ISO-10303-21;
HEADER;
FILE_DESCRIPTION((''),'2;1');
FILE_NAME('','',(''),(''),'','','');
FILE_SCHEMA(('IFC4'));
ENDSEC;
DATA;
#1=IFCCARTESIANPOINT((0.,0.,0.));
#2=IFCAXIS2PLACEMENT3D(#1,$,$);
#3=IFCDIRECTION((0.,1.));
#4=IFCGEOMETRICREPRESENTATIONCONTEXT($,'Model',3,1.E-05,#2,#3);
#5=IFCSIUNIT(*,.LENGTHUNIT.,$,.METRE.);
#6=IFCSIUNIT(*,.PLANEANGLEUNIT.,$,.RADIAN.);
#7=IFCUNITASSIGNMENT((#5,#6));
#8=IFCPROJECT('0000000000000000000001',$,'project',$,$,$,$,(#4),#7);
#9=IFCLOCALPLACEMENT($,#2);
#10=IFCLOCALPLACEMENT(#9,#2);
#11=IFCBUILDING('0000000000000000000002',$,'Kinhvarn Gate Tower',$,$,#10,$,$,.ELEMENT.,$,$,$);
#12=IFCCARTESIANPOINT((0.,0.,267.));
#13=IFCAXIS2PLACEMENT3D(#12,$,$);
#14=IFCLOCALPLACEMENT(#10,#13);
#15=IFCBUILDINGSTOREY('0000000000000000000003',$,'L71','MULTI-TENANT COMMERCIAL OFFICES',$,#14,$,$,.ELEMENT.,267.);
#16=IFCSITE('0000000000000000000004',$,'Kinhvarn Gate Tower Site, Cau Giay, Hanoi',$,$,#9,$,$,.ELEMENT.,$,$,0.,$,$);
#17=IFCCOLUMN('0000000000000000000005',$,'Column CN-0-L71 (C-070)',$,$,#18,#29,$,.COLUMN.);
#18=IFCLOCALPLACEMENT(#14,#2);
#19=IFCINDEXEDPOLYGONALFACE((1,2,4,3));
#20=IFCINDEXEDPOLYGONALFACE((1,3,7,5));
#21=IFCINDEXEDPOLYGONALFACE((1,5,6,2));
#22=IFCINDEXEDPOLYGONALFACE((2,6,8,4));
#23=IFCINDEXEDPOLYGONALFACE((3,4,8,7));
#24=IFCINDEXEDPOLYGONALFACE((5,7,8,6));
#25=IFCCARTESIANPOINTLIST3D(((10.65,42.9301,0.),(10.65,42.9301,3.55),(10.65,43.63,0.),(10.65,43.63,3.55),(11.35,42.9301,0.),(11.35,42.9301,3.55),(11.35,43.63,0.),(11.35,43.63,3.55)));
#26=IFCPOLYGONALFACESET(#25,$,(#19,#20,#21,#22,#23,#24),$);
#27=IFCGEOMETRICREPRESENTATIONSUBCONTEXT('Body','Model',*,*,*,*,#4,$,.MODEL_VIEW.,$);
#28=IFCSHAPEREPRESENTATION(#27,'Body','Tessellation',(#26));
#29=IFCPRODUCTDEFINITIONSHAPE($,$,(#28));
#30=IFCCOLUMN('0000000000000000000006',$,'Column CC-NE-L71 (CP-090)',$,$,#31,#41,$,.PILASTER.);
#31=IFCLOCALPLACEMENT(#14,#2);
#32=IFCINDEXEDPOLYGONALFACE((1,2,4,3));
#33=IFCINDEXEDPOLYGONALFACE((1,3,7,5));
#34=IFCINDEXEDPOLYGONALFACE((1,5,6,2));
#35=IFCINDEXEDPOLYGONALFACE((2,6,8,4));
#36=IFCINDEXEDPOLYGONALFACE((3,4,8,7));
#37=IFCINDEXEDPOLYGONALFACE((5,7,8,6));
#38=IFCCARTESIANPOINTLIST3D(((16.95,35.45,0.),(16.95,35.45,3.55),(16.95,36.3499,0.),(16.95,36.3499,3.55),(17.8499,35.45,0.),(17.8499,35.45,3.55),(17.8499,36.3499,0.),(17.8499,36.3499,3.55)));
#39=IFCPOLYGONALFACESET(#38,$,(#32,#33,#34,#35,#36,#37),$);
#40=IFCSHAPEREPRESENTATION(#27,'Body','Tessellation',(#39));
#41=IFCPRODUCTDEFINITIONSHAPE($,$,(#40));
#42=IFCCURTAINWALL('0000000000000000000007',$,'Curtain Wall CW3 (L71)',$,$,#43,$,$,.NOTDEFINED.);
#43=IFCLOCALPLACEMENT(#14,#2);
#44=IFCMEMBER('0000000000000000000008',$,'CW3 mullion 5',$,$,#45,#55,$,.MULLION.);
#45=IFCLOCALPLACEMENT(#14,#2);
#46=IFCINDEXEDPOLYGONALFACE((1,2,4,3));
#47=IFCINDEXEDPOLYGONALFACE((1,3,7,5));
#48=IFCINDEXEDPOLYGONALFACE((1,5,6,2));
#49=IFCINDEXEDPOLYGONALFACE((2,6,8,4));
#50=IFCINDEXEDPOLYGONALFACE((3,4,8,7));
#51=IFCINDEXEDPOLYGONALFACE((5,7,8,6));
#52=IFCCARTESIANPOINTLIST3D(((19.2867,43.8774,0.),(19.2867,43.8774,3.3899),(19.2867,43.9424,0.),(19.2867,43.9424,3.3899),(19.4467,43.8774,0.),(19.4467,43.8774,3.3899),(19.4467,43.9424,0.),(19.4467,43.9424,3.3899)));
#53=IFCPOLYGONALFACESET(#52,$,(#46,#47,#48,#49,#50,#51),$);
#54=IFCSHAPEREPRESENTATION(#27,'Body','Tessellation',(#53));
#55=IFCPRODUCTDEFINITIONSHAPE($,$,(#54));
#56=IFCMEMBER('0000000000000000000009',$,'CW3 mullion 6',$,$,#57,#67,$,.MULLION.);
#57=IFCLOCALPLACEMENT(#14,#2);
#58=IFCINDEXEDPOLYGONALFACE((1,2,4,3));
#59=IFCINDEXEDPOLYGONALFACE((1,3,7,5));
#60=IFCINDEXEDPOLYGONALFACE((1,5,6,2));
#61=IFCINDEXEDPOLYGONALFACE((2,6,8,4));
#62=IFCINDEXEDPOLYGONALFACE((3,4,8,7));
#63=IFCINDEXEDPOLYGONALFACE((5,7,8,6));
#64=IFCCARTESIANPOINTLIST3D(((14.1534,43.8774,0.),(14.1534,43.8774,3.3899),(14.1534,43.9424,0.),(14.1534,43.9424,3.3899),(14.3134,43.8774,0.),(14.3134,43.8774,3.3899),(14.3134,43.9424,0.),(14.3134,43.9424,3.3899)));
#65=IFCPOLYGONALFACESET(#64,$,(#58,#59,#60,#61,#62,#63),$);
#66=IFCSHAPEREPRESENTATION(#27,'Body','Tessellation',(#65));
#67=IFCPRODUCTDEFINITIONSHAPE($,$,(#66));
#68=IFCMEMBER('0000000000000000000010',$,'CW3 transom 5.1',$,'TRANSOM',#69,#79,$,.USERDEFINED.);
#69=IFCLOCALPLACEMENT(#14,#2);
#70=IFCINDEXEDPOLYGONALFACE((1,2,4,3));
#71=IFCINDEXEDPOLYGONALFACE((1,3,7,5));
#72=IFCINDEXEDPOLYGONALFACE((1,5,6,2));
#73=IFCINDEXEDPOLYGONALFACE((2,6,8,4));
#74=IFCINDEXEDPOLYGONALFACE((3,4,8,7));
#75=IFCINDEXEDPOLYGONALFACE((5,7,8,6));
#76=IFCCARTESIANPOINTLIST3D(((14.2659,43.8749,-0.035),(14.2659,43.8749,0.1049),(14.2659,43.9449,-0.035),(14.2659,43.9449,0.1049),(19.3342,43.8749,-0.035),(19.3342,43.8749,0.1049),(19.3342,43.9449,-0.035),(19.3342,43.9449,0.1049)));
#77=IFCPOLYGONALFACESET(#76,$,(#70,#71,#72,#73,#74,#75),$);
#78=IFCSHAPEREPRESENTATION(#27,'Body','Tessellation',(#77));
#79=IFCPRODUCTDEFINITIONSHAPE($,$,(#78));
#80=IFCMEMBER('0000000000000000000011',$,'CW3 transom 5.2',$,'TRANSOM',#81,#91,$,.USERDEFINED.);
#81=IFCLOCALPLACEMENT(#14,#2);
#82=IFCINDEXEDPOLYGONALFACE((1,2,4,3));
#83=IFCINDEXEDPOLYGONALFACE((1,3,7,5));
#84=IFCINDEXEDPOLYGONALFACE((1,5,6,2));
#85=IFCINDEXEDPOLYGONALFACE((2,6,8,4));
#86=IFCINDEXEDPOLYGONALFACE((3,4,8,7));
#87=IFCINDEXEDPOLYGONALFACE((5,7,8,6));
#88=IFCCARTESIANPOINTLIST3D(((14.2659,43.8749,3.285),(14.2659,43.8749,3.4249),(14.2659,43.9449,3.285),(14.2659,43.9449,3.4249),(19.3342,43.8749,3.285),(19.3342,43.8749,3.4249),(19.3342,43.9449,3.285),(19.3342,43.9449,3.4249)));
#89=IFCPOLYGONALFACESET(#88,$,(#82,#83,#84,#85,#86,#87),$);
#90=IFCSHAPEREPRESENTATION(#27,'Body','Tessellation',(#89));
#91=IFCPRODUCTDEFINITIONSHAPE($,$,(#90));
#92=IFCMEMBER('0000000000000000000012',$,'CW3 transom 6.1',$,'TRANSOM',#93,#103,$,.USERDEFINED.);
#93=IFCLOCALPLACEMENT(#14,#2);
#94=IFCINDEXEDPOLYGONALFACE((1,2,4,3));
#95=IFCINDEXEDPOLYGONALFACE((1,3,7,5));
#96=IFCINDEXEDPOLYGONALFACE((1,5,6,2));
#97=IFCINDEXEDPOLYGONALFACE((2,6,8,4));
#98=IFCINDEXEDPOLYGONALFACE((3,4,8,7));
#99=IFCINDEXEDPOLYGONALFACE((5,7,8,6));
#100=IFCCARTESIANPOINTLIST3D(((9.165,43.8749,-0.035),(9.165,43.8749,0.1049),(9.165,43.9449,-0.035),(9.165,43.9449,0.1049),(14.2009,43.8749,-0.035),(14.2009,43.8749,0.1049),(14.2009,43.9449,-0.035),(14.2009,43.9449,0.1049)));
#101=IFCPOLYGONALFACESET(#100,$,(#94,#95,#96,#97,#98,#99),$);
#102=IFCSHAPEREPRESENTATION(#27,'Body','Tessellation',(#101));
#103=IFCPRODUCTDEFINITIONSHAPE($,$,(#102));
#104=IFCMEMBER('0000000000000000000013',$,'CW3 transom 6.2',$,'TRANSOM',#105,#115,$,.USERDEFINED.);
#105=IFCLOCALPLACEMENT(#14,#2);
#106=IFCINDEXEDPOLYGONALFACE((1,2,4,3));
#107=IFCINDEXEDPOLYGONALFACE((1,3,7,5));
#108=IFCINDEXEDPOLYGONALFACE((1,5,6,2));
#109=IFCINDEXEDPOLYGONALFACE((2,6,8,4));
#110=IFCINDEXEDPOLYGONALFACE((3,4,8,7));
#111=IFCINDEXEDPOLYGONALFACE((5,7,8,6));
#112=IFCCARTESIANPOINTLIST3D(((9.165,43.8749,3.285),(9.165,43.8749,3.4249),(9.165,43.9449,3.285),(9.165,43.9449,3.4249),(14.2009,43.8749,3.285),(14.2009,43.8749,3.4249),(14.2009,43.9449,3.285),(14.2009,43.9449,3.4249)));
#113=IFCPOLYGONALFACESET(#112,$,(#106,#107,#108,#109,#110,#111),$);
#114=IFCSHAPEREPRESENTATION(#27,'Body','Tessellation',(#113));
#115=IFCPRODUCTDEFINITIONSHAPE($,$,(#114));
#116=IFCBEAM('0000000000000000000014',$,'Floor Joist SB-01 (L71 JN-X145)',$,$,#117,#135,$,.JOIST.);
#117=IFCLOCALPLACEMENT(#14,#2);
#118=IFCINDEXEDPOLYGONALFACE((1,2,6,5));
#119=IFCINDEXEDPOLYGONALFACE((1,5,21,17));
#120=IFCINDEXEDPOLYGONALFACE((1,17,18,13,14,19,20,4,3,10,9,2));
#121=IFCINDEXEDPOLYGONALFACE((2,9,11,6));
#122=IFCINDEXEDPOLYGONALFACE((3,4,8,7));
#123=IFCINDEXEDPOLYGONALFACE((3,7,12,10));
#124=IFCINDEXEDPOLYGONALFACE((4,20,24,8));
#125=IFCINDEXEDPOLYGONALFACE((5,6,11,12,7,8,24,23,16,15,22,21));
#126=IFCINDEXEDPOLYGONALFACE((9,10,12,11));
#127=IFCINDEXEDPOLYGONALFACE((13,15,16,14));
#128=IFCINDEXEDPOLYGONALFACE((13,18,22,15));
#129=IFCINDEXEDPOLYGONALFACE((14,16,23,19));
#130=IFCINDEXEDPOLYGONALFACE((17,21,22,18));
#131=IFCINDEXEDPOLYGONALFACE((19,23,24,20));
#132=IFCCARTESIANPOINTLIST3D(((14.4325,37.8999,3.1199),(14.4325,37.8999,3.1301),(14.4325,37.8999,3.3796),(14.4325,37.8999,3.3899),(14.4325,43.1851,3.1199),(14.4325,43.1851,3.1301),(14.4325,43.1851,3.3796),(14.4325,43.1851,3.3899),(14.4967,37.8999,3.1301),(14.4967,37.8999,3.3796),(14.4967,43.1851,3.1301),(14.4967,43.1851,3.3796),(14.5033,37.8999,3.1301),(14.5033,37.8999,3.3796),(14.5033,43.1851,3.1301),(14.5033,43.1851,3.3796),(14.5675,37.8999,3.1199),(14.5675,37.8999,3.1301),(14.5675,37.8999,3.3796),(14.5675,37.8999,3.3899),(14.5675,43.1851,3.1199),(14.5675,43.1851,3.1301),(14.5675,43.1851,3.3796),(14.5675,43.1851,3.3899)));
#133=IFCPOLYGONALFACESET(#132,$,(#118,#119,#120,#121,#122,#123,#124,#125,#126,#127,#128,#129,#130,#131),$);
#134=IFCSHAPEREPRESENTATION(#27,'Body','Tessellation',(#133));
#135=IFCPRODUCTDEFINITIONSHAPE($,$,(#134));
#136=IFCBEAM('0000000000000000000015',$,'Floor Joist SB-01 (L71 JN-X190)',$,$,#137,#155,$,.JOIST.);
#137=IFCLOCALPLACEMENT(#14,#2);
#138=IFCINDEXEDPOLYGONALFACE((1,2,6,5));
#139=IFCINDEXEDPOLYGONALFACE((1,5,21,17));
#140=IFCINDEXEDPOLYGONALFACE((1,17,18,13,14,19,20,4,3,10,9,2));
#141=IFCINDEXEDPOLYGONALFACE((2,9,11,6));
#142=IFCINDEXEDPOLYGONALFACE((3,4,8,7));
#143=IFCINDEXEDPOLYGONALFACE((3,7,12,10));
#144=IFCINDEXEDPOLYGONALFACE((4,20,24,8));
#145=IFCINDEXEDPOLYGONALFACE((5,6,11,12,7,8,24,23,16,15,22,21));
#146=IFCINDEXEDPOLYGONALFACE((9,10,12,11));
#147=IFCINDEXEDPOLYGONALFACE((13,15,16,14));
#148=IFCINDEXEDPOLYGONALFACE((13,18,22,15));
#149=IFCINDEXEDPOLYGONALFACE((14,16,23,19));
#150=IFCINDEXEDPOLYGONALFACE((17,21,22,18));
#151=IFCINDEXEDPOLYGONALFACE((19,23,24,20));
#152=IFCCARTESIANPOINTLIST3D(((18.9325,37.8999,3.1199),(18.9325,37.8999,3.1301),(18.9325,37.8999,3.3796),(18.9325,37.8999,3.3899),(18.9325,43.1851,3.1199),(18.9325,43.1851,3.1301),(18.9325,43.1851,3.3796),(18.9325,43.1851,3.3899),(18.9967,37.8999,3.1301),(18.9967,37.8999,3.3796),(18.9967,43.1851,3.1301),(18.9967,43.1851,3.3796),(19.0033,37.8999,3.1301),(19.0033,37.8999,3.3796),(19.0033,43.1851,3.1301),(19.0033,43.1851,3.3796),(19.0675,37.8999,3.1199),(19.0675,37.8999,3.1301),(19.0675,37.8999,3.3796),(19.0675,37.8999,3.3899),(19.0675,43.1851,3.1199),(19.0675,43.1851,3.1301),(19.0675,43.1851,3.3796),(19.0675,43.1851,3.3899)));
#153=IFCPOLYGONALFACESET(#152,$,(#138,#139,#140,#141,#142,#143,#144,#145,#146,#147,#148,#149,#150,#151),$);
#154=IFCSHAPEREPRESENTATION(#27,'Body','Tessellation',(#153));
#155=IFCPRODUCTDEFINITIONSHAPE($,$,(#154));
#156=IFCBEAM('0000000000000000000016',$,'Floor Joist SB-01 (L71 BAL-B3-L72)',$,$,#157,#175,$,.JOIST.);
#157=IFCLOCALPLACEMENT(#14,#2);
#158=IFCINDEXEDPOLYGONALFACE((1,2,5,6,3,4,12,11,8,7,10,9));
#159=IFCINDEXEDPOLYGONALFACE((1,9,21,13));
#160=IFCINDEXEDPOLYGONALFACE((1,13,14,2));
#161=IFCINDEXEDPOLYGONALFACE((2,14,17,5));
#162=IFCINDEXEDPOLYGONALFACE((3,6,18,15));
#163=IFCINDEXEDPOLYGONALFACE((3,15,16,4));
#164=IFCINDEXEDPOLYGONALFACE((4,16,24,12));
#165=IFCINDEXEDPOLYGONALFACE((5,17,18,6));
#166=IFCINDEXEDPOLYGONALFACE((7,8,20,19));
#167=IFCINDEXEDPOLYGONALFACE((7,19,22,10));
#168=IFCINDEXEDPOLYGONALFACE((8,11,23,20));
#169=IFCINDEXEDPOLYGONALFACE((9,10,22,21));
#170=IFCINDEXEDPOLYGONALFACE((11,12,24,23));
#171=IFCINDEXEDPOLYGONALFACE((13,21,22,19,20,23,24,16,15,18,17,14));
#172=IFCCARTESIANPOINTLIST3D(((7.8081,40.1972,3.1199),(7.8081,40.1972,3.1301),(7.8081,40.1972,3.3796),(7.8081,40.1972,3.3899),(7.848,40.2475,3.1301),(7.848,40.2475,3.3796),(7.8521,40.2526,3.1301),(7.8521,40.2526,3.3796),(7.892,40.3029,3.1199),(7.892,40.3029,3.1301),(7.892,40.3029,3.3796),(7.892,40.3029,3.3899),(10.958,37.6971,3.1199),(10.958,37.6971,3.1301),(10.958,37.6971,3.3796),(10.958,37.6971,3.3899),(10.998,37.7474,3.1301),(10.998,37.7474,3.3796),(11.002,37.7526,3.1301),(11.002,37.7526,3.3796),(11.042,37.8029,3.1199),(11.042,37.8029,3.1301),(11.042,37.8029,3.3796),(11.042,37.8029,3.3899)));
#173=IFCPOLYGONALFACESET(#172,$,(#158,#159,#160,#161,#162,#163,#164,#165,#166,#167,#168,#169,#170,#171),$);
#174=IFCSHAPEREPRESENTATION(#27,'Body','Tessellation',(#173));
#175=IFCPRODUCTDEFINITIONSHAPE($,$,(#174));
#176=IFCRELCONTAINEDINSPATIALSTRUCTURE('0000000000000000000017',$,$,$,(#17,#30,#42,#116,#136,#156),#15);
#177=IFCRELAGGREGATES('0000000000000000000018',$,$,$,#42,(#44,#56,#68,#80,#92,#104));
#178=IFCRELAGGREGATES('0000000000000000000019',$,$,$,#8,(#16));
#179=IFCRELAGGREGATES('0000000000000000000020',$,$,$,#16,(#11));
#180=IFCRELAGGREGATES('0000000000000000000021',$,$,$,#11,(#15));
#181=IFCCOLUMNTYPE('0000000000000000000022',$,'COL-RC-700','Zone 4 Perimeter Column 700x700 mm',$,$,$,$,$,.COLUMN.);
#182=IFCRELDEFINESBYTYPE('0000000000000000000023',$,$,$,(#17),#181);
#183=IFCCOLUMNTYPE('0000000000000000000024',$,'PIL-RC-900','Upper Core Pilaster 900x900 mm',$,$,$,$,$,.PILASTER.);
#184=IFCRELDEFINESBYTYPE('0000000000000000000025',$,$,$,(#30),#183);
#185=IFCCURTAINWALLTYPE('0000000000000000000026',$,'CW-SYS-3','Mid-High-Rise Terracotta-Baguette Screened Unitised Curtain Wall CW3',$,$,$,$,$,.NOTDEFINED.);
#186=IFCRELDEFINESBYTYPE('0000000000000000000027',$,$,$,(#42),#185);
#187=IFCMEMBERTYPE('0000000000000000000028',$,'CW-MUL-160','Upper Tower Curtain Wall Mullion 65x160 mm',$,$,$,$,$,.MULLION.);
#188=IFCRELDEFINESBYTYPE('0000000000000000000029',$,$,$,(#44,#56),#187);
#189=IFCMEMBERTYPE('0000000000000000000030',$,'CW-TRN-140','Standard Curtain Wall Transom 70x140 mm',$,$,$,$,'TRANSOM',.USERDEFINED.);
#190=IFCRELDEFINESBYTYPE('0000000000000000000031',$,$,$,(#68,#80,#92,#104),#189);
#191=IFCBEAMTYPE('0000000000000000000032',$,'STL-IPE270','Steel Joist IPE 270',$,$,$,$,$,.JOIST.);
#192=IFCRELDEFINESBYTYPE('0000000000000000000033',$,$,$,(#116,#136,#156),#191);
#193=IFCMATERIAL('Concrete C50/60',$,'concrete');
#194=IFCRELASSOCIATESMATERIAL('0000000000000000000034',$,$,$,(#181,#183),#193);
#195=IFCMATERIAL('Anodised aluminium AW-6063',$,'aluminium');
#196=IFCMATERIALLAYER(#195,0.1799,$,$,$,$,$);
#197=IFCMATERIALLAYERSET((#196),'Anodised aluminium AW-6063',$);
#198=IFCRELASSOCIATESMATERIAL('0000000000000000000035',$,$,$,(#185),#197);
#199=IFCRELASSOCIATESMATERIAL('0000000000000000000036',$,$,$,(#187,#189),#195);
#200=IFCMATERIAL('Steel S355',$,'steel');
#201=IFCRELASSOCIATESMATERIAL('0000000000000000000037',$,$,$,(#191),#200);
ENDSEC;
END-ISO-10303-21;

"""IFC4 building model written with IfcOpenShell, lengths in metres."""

from ifc_helpers import new_model, si_unit, direction, frame, origin, origin_2d, place, context, subcontext, project, spatial, rectangle, i_section, extrude, material, layer, layer_set, material_profile, profile_set, type_object, element, aggregate, save


model = new_model("IFC4")

# Units and contexts
model_context = context("Model", 3, precision=1e-05, world=origin(), true_north=direction((0.0, 1.0)))
body_context = subcontext(model_context, "Body", "Model", "MODEL_VIEW")
ifc_project = project(units=[si_unit("LENGTHUNIT", "METRE"), si_unit("PLANEANGLEUNIT", "RADIAN")], contexts=[model_context])

# Site, building, storey
site_placement = place(None, origin())
site = spatial("IfcSite", under=ifc_project, at=site_placement, Name="Kinhvarn Gate Tower Site, Cau Giay, Hanoi", CompositionType="ELEMENT", RefElevation=0.0)
building_placement = place(site_placement, origin())
building = spatial("IfcBuilding", under=site, at=building_placement, Name="Kinhvarn Gate Tower", CompositionType="ELEMENT")
storey_placement = place(building_placement, frame((0.0, 0.0, 267.0)))
storey = spatial("IfcBuildingStorey", under=building, at=storey_placement, Name="L71", Description="MULTI-TENANT COMMERCIAL OFFICES", CompositionType="ELEMENT", Elevation=267.0)

# Columns
ifc_material_1 = material(Name="Concrete C50/60", Category="concrete")
ifc_material_profile_1 = material_profile(ifc_material_1, rectangle(XDim=0.7, YDim=0.7, at=origin_2d()), Name="RC 700x700")
ifc_profile_set_1 = profile_set([ifc_material_profile_1], Name="Concrete C50/60")
column_type_1 = type_object("IfcColumnType", Name="COL-RC-700", Description="Zone 4 Perimeter Column 700x700 mm", PredefinedType="COLUMN", material=ifc_profile_set_1)
column_1_placement = place(storey_placement, frame((11.0, 43.28, 0.0), z_axis=(0.0, 0.0, 1.0), x_axis=(1.0, 0.0, 0.0)))
element("IfcColumn", 1, at=column_1_placement, inside=storey, type_object=column_type_1, Name="Column CN-0-L71 (C-070)", PredefinedType="COLUMN", context=body_context, shape_type="SweptSolid", body=[
    extrude(rectangle(XDim=0.7, YDim=0.7, at=origin_2d()), origin(), (0.0, 0.0, 1.0), 3.55),
])
ifc_material_profile_2 = material_profile(ifc_material_1, rectangle(XDim=0.8999, YDim=0.8999, at=origin_2d()), Name="RC 900x900")
ifc_profile_set_2 = profile_set([ifc_material_profile_2], Name="Concrete C50/60")
column_type_2 = type_object("IfcColumnType", Name="PIL-RC-900", Description="Upper Core Pilaster 900x900 mm", PredefinedType="PILASTER", material=ifc_profile_set_2)
column_2_placement = place(storey_placement, frame((17.3999, 35.8999, 0.0), z_axis=(0.0, 0.0, 1.0), x_axis=(1.0, 0.0, 0.0)))
element("IfcColumn", 2, at=column_2_placement, inside=storey, type_object=column_type_2, Name="Column CC-NE-L71 (CP-090)", PredefinedType="PILASTER", context=body_context, shape_type="SweptSolid", body=[
    extrude(rectangle(XDim=0.8999, YDim=0.8999, at=origin_2d()), origin(), (0.0, 0.0, 1.0), 3.55),
])

# Curtain wall, members
ifc_material_2 = material(Name="Anodised aluminium AW-6063", Category="aluminium")
ifc_layer_1 = layer(ifc_material_2, 0.1799)
ifc_layer_set_1 = layer_set([ifc_layer_1], Name="Anodised aluminium AW-6063")
curtain_wall_type = type_object("IfcCurtainWallType", Name="CW-SYS-3", Description="Mid-High-Rise Terracotta-Baguette Screened Unitised Curtain Wall CW3", PredefinedType="NOTDEFINED", material=ifc_layer_set_1)
curtain_wall_placement = place(storey_placement, origin())
curtain_wall = element("IfcCurtainWall", 3, at=curtain_wall_placement, inside=storey, type_object=curtain_wall_type, Name="Curtain Wall CW3 (L71)", PredefinedType="NOTDEFINED")
ifc_material_profile_3 = material_profile(ifc_material_2, rectangle(XDim=0.0649, YDim=0.1599, at=origin_2d()), Name="ALU 65x160")
ifc_profile_set_3 = profile_set([ifc_material_profile_3], Name="Anodised aluminium AW-6063")
member_type_1 = type_object("IfcMemberType", Name="CW-MUL-160", Description="Upper Tower Curtain Wall Mullion 65x160 mm", PredefinedType="MULLION", material=ifc_profile_set_3)
member_1_placement = place(storey_placement, frame((19.3667, 43.9099, 0.0), z_axis=(0.0, 0.0, 1.0), x_axis=(0.0, -1.0, 0.0)))
member_1 = element("IfcMember", 4, at=member_1_placement, type_object=member_type_1, Name="CW3 mullion 5", PredefinedType="MULLION", context=body_context, shape_type="SweptSolid", body=[
    extrude(rectangle(XDim=0.0649, YDim=0.1599, at=origin_2d()), origin(), (0.0, 0.0, 1.0), 3.3899),
])
member_2_placement = place(storey_placement, frame((14.2334, 43.9099, 0.0), z_axis=(0.0, 0.0, 1.0), x_axis=(0.0, -1.0, 0.0)))
member_2 = element("IfcMember", 5, at=member_2_placement, type_object=member_type_1, Name="CW3 mullion 6", PredefinedType="MULLION", context=body_context, shape_type="SweptSolid", body=[
    extrude(rectangle(XDim=0.0649, YDim=0.1599, at=origin_2d()), origin(), (0.0, 0.0, 1.0), 3.3899),
])
ifc_material_profile_4 = material_profile(ifc_material_2, rectangle(XDim=0.0701, YDim=0.1399, at=origin_2d()), Name="ALU 70x140")
ifc_profile_set_4 = profile_set([ifc_material_profile_4], Name="Anodised aluminium AW-6063")
member_type_2 = type_object("IfcMemberType", Name="CW-TRN-140", Description="Standard Curtain Wall Transom 70x140 mm", ElementType="TRANSOM", PredefinedType="USERDEFINED", material=ifc_profile_set_4)
member_3_placement = place(storey_placement, frame((19.3342, 43.9099, 0.0349), z_axis=(-1.0, 0.0, 0.0), x_axis=(0.0, -1.0, 0.0)))
member_3 = element("IfcMember", 6, at=member_3_placement, type_object=member_type_2, Name="CW3 transom 5.1", ObjectType="TRANSOM", PredefinedType="USERDEFINED", context=body_context, shape_type="SweptSolid", body=[
    extrude(rectangle(XDim=0.0701, YDim=0.1399, at=origin_2d()), origin(), (0.0, 0.0, 1.0), 5.0684),
])
member_4_placement = place(storey_placement, frame((19.3342, 43.9099, 3.355), z_axis=(-1.0, 0.0, 0.0), x_axis=(0.0, -1.0, 0.0)))
member_4 = element("IfcMember", 7, at=member_4_placement, type_object=member_type_2, Name="CW3 transom 5.2", ObjectType="TRANSOM", PredefinedType="USERDEFINED", context=body_context, shape_type="SweptSolid", body=[
    extrude(rectangle(XDim=0.0701, YDim=0.1399, at=origin_2d()), origin(), (0.0, 0.0, 1.0), 5.0684),
])
member_5_placement = place(storey_placement, frame((14.2009, 43.9099, 0.0349), z_axis=(-1.0, 0.0, 0.0), x_axis=(0.0, -1.0, 0.0)))
member_5 = element("IfcMember", 8, at=member_5_placement, type_object=member_type_2, Name="CW3 transom 6.1", ObjectType="TRANSOM", PredefinedType="USERDEFINED", context=body_context, shape_type="SweptSolid", body=[
    extrude(rectangle(XDim=0.0701, YDim=0.1399, at=origin_2d()), origin(), (0.0, 0.0, 1.0), 5.0359),
])
member_6_placement = place(storey_placement, frame((14.2009, 43.9099, 3.355), z_axis=(-1.0, 0.0, 0.0), x_axis=(0.0, -1.0, 0.0)))
member_6 = element("IfcMember", 9, at=member_6_placement, type_object=member_type_2, Name="CW3 transom 6.2", ObjectType="TRANSOM", PredefinedType="USERDEFINED", context=body_context, shape_type="SweptSolid", body=[
    extrude(rectangle(XDim=0.0701, YDim=0.1399, at=origin_2d()), origin(), (0.0, 0.0, 1.0), 5.0359),
])

# Beams
ifc_material_3 = material(Name="Steel S355", Category="steel")
ifc_material_profile_5 = material_profile(ifc_material_3, i_section(OverallWidth=0.135, OverallDepth=0.27, WebThickness=0.0066, FlangeThickness=0.0103, at=origin_2d()), Name="IPE 270")
ifc_profile_set_5 = profile_set([ifc_material_profile_5], Name="Steel S355")
beam_type_1 = type_object("IfcBeamType", Name="STL-IPE270", Description="Steel Joist IPE 270", PredefinedType="JOIST", material=ifc_profile_set_5)
for number, where, z_axis, x_axis, name in (
    (10, (14.5, 37.8999, 3.2549), (0.0, 1.0, 0.0), (-1.0, 0.0, 0.0), "Floor Joist SB-01 (L71 JN-X145)"),
    (11, (19.0, 37.8999, 3.2549), (0.0, 1.0, 0.0), (-1.0, 0.0, 0.0), "Floor Joist SB-01 (L71 JN-X190)"),
):
    element("IfcBeam", number, at=place(storey_placement, frame(where, z_axis=z_axis, x_axis=x_axis)), inside=storey, type_object=beam_type_1, Name=name, PredefinedType="JOIST", context=body_context, shape_type="SweptSolid", body=[
        extrude(i_section(OverallWidth=0.135, OverallDepth=0.27, WebThickness=0.0066, FlangeThickness=0.0103, at=origin_2d()), origin(), (0.0, 0.0, 1.0), 5.2852),
    ])
beam_1_placement = place(storey_placement, frame((11.0, 37.75, 3.2549), z_axis=(-0.78328, 0.62167, 0.0), x_axis=(-0.62167, -0.78328, 0.0)))
element("IfcBeam", 12, at=beam_1_placement, inside=storey, type_object=beam_type_1, Name="Floor Joist SB-01 (L71 BAL-B3-L72)", PredefinedType="JOIST", context=body_context, shape_type="SweptSolid", body=[
    extrude(i_section(OverallWidth=0.135, OverallDepth=0.27, WebThickness=0.0066, FlangeThickness=0.0103, at=origin_2d()), origin(), (0.0, 0.0, 1.0), 4.0215),
])

aggregate(curtain_wall, [member_1, member_2, member_3, member_4, member_5, member_6])

save(model, "model.ifc")
